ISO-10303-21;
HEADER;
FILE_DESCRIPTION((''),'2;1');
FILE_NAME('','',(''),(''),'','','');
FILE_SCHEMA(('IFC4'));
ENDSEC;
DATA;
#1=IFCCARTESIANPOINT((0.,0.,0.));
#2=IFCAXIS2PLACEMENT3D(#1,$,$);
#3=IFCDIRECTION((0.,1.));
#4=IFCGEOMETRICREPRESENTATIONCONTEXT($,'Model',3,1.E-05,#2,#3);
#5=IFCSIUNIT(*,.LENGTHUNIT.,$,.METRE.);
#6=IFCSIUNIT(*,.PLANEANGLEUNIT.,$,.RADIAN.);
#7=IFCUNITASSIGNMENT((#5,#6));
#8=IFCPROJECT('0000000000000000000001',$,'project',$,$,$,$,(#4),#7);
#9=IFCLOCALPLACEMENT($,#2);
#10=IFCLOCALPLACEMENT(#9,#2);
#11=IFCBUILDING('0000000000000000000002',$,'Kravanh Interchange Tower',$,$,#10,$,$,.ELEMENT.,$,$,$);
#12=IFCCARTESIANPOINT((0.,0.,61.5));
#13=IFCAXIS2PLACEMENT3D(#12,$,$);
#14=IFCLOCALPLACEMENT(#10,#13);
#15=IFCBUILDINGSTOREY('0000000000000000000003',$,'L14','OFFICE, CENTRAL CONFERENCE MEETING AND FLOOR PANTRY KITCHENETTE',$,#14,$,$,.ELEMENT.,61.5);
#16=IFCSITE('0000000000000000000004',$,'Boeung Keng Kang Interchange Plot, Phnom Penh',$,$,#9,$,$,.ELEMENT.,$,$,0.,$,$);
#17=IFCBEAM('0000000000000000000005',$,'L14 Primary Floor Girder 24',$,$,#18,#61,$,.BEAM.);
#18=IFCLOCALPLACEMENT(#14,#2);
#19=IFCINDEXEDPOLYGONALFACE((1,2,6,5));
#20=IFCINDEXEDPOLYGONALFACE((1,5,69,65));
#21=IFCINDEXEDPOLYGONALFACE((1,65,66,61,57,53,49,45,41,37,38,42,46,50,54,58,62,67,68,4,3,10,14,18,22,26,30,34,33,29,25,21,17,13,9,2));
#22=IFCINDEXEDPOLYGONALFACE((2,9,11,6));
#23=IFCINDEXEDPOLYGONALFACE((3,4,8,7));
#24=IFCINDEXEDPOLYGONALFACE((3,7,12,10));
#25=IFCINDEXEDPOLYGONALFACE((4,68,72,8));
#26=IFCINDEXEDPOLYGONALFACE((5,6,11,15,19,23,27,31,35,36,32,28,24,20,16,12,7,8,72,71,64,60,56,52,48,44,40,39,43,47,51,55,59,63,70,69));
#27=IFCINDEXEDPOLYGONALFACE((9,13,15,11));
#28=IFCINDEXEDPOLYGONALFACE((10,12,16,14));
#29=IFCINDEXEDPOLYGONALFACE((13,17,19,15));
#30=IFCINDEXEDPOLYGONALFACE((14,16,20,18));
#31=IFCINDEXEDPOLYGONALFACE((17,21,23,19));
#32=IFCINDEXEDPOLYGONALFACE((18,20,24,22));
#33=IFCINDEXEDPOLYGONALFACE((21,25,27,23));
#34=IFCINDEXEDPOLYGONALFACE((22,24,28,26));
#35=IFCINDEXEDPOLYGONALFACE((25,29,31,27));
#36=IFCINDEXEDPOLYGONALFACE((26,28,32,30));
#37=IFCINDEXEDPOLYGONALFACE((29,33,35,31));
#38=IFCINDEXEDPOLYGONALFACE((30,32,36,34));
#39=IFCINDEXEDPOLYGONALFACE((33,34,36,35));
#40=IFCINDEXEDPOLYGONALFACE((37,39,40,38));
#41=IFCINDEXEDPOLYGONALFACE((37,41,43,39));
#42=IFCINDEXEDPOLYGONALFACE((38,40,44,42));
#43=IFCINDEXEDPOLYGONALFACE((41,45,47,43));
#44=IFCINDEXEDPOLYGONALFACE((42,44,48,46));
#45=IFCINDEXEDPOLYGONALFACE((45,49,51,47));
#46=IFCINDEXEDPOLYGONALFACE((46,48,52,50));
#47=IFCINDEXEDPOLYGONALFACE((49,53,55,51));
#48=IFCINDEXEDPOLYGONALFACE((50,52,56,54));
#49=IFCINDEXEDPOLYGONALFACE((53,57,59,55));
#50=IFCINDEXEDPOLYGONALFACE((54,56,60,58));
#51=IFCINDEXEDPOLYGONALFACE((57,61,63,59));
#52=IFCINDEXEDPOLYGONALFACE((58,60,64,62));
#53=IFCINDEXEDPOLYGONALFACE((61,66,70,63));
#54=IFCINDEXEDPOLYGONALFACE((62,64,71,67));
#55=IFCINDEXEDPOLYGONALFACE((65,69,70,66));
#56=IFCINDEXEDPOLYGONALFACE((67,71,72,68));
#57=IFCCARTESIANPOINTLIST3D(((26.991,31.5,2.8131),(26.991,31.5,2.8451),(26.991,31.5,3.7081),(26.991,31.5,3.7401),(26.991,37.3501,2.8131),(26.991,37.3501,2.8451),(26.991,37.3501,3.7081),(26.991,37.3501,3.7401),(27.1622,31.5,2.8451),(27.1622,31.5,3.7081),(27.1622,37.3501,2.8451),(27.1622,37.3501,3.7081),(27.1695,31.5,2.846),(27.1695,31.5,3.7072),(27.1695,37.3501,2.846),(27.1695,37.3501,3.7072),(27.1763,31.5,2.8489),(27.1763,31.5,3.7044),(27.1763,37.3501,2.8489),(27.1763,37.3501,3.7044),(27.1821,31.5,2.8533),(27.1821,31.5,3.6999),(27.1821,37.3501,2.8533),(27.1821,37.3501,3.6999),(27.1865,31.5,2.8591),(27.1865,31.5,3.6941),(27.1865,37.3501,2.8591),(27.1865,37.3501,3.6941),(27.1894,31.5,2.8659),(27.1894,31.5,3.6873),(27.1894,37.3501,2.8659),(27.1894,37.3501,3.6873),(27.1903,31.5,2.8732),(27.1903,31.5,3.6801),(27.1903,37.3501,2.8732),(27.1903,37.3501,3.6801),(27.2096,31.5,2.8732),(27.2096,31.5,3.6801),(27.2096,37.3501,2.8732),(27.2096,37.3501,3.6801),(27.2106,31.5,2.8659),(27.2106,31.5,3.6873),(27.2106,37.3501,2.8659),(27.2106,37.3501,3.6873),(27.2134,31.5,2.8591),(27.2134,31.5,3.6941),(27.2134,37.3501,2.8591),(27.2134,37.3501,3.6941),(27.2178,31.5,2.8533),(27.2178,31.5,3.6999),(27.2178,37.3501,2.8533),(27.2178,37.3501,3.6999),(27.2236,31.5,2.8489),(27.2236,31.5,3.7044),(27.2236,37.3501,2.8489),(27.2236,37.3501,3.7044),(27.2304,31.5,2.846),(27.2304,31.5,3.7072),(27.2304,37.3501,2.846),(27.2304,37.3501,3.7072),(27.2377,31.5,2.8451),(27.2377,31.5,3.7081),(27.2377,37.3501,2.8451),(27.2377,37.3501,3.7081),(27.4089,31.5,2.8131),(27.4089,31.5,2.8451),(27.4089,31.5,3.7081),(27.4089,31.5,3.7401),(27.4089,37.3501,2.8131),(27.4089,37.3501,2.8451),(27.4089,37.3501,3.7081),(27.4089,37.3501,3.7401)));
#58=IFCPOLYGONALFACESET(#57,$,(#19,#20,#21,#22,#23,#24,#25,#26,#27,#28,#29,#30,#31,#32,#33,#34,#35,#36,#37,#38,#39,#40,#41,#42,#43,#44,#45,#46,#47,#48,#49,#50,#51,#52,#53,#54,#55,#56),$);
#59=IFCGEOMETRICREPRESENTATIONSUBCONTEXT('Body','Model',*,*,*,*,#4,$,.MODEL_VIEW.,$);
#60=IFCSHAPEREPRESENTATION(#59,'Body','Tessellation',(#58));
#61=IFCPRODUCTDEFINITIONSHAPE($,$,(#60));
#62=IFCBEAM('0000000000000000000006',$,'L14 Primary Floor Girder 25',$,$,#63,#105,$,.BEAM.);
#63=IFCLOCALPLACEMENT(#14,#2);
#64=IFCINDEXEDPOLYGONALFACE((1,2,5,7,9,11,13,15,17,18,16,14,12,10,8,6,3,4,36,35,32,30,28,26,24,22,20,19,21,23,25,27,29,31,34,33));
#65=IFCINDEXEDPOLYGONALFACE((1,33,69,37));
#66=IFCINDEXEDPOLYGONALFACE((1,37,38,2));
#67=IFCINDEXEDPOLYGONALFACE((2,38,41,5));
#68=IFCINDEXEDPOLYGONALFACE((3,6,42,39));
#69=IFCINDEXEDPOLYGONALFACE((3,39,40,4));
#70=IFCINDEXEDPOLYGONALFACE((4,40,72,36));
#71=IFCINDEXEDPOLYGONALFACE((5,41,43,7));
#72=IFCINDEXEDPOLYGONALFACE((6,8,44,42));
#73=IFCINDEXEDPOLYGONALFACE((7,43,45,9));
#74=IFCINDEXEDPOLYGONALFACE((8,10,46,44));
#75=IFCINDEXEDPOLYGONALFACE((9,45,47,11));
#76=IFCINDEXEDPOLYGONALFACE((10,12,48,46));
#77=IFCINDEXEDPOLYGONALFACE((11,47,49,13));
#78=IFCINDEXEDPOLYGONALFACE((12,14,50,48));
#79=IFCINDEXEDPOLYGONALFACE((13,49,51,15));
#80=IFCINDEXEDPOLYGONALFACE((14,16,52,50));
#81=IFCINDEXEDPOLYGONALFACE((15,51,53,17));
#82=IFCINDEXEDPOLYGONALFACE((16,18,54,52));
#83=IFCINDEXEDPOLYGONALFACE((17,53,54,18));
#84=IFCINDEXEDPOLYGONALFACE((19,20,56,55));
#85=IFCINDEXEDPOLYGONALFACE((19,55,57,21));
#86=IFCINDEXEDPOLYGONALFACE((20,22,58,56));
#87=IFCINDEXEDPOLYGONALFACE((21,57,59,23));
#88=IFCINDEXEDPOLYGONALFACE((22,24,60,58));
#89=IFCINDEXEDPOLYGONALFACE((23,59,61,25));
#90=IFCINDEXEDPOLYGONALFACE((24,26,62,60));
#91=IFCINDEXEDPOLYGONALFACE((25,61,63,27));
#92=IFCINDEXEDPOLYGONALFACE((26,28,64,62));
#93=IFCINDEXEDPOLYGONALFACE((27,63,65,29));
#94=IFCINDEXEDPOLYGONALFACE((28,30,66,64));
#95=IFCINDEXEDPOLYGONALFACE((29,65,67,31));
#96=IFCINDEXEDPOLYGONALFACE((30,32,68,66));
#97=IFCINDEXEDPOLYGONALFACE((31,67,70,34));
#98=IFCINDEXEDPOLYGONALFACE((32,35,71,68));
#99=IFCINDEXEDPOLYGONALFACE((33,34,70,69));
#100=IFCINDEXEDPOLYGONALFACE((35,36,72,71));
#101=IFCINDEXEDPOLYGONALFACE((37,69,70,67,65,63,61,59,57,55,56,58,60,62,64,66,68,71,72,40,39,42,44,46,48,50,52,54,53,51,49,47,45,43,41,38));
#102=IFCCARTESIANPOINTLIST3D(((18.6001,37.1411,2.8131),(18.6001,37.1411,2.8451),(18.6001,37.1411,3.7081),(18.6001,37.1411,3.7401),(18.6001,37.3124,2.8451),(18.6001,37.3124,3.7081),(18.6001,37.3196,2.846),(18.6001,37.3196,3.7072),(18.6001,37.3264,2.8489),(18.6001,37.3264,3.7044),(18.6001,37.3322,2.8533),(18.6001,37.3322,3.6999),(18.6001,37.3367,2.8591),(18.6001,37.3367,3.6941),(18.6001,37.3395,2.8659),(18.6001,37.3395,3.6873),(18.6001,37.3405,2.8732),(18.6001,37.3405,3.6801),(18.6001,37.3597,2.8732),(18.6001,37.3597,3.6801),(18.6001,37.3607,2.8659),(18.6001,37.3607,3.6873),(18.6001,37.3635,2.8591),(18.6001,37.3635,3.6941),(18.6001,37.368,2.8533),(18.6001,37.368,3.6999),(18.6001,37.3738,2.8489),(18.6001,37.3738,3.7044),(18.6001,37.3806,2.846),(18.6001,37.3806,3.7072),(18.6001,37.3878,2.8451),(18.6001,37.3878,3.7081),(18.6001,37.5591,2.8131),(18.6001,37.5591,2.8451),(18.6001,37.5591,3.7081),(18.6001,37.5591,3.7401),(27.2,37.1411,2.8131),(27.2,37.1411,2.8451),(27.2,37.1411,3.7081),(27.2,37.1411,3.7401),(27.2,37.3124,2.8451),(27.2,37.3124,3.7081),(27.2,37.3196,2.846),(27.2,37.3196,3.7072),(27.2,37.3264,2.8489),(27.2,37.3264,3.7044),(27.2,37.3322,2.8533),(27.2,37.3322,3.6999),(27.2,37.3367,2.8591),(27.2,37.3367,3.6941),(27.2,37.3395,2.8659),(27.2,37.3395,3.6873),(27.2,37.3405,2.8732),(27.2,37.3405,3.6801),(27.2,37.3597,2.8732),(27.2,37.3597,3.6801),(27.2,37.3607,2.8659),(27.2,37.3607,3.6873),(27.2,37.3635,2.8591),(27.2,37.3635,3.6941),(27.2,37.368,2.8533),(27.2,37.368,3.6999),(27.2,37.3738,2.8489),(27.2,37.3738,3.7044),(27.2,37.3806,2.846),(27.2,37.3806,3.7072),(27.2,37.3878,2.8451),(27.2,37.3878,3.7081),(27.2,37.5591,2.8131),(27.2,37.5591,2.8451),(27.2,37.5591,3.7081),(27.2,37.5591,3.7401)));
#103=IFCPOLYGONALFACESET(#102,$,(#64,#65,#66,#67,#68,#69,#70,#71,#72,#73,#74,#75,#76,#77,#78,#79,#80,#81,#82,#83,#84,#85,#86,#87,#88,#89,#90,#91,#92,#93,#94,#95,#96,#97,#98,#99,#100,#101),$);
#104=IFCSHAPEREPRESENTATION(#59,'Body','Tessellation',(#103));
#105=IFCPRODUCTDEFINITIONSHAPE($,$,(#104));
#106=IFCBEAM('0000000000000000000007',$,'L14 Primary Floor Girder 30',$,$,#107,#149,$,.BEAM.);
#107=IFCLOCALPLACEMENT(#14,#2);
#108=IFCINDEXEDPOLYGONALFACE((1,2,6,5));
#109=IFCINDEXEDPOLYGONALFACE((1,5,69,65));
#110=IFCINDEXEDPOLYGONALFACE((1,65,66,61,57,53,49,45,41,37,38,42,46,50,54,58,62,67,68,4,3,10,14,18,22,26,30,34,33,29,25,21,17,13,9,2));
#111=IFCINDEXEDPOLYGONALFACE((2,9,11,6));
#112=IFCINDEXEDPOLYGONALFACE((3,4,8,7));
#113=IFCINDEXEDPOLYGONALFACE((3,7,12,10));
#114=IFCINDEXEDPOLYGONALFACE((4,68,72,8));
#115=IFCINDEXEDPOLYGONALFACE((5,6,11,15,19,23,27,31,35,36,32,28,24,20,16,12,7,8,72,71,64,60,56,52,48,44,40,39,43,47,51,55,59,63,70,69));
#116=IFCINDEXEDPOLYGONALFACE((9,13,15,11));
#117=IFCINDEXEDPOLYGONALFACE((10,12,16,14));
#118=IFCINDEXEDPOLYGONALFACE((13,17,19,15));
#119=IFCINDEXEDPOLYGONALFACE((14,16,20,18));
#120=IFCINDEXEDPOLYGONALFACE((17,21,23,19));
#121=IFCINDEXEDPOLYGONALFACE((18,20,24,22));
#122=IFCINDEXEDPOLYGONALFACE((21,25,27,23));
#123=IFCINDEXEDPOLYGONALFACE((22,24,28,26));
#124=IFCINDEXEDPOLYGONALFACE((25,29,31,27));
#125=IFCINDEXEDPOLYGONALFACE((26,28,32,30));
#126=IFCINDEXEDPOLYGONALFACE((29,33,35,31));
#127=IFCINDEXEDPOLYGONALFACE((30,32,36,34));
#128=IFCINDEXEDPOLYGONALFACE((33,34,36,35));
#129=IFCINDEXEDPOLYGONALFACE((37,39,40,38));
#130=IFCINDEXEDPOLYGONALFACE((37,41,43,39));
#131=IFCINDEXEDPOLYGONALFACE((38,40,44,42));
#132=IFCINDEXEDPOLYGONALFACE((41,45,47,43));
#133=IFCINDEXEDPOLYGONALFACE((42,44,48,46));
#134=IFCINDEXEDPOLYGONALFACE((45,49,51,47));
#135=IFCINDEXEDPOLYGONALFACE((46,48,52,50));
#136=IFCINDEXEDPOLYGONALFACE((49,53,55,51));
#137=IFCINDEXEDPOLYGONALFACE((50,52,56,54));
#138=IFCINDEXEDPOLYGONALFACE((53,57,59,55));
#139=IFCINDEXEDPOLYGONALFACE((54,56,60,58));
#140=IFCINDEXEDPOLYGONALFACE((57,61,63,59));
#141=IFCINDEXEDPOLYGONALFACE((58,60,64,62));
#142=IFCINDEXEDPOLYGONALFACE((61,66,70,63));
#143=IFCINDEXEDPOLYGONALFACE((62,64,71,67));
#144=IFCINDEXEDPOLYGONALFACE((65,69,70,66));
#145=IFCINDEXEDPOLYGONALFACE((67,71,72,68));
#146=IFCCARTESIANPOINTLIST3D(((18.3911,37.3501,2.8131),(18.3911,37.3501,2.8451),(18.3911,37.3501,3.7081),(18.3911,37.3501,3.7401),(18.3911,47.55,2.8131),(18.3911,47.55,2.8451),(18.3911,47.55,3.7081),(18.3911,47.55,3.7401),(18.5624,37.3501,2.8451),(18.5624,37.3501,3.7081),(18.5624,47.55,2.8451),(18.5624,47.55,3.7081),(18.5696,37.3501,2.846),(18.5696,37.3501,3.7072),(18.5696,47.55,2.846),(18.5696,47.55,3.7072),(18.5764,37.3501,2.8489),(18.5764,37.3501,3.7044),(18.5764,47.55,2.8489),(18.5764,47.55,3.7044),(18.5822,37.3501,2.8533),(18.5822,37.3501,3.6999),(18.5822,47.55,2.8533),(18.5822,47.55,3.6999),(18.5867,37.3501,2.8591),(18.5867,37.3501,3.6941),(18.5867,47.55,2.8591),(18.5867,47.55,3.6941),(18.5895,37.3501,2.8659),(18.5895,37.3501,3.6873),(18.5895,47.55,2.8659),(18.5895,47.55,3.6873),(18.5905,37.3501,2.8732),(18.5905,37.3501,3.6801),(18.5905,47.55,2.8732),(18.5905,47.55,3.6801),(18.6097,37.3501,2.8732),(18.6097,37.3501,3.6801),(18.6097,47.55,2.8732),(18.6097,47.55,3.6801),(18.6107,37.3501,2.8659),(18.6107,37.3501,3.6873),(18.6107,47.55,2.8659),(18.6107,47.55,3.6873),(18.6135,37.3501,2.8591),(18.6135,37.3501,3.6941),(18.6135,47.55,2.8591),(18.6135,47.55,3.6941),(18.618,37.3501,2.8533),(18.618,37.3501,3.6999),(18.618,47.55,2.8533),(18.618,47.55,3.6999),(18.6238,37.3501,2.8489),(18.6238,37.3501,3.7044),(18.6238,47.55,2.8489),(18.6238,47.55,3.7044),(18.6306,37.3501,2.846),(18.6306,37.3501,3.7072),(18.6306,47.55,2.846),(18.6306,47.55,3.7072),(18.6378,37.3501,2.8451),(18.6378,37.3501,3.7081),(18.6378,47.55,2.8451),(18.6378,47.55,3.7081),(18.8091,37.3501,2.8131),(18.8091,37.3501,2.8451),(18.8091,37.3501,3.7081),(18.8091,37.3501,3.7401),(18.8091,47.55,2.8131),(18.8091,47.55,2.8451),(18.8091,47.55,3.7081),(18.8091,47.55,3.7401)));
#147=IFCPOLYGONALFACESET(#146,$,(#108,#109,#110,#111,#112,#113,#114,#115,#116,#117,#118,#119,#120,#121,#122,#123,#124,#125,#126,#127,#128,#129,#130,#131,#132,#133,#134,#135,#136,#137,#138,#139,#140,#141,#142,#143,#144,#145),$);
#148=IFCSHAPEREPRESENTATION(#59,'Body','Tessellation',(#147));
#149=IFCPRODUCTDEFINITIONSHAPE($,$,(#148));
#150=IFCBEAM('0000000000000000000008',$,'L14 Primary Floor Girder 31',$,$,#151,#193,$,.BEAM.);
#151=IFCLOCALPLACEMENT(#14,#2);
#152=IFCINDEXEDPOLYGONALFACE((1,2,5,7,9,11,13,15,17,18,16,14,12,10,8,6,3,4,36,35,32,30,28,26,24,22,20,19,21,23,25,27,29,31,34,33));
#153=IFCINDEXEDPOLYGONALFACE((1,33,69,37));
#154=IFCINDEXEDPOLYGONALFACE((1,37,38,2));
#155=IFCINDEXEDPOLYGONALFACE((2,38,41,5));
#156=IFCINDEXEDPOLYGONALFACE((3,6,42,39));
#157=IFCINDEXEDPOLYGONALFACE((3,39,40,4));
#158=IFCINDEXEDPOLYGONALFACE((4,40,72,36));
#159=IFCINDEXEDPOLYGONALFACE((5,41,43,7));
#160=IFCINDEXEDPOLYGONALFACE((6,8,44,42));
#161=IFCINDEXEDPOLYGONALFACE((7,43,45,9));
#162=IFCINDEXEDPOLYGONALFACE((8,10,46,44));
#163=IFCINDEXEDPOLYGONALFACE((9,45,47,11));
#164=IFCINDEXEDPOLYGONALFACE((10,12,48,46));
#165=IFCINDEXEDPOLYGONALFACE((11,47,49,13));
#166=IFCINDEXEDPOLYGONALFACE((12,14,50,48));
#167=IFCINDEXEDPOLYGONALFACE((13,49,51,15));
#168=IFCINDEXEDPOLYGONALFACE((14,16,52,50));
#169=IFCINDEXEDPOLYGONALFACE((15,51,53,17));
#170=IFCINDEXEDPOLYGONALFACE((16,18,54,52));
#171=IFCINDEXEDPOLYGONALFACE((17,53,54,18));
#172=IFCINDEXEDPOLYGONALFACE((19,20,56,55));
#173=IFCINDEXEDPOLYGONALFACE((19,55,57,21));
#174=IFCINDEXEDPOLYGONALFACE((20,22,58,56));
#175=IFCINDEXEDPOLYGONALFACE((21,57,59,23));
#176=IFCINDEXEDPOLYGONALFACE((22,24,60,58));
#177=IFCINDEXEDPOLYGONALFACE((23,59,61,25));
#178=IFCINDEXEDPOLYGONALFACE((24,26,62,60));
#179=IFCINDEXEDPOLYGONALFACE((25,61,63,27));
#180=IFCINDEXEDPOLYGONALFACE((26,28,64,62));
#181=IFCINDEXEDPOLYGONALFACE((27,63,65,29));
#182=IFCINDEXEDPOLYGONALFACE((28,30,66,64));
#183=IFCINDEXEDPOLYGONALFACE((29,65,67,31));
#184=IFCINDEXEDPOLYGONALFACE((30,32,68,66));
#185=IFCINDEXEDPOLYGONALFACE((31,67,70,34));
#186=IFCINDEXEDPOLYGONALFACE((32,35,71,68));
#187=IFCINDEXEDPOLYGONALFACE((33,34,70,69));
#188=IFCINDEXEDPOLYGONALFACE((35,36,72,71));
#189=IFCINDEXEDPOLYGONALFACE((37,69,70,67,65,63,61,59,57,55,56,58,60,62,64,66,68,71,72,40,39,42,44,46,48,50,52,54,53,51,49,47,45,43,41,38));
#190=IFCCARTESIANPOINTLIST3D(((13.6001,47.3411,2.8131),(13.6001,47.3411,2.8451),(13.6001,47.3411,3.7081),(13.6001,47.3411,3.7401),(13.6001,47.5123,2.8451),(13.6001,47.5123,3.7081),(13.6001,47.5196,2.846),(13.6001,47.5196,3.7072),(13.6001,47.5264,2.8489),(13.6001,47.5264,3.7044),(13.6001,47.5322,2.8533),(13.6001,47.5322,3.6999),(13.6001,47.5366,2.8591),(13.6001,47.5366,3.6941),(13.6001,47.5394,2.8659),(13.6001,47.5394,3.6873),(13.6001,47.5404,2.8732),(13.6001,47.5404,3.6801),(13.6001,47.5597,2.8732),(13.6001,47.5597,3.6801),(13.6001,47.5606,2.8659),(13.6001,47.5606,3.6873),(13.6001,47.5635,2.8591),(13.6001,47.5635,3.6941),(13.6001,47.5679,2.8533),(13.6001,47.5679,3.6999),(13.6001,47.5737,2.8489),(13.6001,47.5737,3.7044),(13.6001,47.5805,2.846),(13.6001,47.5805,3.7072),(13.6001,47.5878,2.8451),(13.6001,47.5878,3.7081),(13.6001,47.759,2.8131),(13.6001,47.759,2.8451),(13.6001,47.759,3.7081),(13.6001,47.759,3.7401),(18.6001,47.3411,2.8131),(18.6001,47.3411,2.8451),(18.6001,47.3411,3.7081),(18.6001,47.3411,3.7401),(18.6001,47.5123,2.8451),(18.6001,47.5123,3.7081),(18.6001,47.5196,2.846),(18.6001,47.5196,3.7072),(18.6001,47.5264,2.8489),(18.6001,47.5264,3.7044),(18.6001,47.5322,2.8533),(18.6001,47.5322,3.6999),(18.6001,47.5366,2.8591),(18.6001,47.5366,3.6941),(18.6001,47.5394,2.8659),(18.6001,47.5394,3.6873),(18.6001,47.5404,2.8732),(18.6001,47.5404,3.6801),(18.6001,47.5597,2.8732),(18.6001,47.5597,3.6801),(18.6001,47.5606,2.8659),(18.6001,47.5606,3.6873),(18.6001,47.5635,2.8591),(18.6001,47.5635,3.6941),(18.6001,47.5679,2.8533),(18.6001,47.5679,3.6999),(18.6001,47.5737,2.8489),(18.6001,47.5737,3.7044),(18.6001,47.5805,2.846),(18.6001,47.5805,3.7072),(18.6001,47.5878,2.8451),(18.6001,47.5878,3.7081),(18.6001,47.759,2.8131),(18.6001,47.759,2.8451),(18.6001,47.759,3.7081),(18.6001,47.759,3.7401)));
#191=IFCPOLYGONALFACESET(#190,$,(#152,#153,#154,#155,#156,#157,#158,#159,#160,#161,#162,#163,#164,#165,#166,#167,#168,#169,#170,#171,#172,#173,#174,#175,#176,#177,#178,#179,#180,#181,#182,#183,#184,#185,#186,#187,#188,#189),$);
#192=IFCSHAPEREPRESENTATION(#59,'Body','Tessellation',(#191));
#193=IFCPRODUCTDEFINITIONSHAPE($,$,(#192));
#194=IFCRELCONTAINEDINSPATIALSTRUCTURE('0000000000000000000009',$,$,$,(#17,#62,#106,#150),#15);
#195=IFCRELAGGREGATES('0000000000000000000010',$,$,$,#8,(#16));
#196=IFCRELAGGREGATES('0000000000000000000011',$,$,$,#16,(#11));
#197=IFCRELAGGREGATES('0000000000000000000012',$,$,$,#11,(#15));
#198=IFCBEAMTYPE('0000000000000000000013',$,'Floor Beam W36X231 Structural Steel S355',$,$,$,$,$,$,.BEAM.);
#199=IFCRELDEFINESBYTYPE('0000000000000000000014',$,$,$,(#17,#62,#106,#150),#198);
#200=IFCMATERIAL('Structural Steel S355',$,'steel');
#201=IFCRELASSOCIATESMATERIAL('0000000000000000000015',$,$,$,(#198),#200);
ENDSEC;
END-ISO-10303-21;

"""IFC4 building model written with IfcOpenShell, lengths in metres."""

from ifc_helpers import new_model, si_unit, direction, frame, origin, origin_2d, place, context, subcontext, project, spatial, i_section, extrude, material, material_profile, profile_set, type_object, element, save


model = new_model("IFC4")

# Units and contexts
model_context = context("Model", 3, precision=1e-05, world=origin(), true_north=direction((0.0, 1.0)))
body_context = subcontext(model_context, "Body", "Model", "MODEL_VIEW")
ifc_project = project(units=[si_unit("LENGTHUNIT", "METRE"), si_unit("PLANEANGLEUNIT", "RADIAN")], contexts=[model_context])

# Site, building, storey
site_placement = place(None, origin())
site = spatial("IfcSite", under=ifc_project, at=site_placement, Name="Boeung Keng Kang Interchange Plot, Phnom Penh", CompositionType="ELEMENT", RefElevation=0.0)
building_placement = place(site_placement, origin())
building = spatial("IfcBuilding", under=site, at=building_placement, Name="Kravanh Interchange Tower", CompositionType="ELEMENT")
storey_placement = place(building_placement, frame((0.0, 0.0, 61.5)))
storey = spatial("IfcBuildingStorey", under=building, at=storey_placement, Name="L14", Description="OFFICE, CENTRAL CONFERENCE MEETING AND FLOOR PANTRY KITCHENETTE", CompositionType="ELEMENT", Elevation=61.5)

# Beams
ifc_material_1 = material(Name="Structural Steel S355", Category="steel")
ifc_material_profile_1 = material_profile(ifc_material_1, i_section(OverallWidth=0.418, OverallDepth=0.927, WebThickness=0.0193, FlangeThickness=0.032, FilletRadius=0.0281, at=origin_2d()), Name="W36X231")
ifc_profile_set_1 = profile_set([ifc_material_profile_1], Name="Structural Steel S355")
beam_type = type_object("IfcBeamType", Name="Floor Beam W36X231 Structural Steel S355", PredefinedType="BEAM", material=ifc_profile_set_1)
beam_1_placement = place(storey_placement, frame((27.2, 37.3501, 3.2766), z_axis=(0.0, -1.0, 0.0), x_axis=(1.0, 0.0, 0.0)))
element("IfcBeam", 1, at=beam_1_placement, inside=storey, type_object=beam_type, Name="L14 Primary Floor Girder 24", PredefinedType="BEAM", context=body_context, shape_type="SweptSolid", body=[
    extrude(i_section(OverallWidth=0.418, OverallDepth=0.927, WebThickness=0.0193, FlangeThickness=0.032, FilletRadius=0.0281, at=origin_2d()), origin(), (0.0, 0.0, 1.0), 5.8501),
])
beam_2_placement = place(storey_placement, frame((27.2, 37.3501, 3.2766), z_axis=(-1.0, 0.0, 0.0), x_axis=(0.0, -1.0, 0.0)))
element("IfcBeam", 2, at=beam_2_placement, inside=storey, type_object=beam_type, Name="L14 Primary Floor Girder 25", PredefinedType="BEAM", context=body_context, shape_type="SweptSolid", body=[
    extrude(i_section(OverallWidth=0.418, OverallDepth=0.927, WebThickness=0.0193, FlangeThickness=0.032, FilletRadius=0.0281, at=origin_2d()), origin(), (0.0, 0.0, 1.0), 8.5999),
])
beam_3_placement = place(storey_placement, frame((18.6001, 37.3501, 3.2766), z_axis=(0.0, 1.0, 0.0), x_axis=(-1.0, 0.0, 0.0)))
element("IfcBeam", 3, at=beam_3_placement, inside=storey, type_object=beam_type, Name="L14 Primary Floor Girder 30", PredefinedType="BEAM", context=body_context, shape_type="SweptSolid", body=[
    extrude(i_section(OverallWidth=0.418, OverallDepth=0.927, WebThickness=0.0193, FlangeThickness=0.032, FilletRadius=0.0281, at=origin_2d()), origin(), (0.0, 0.0, 1.0), 10.2),
])
beam_4_placement = place(storey_placement, frame((18.6001, 47.55, 3.2766), z_axis=(-1.0, 0.0, 0.0), x_axis=(0.0, -1.0, 0.0)))
element("IfcBeam", 4, at=beam_4_placement, inside=storey, type_object=beam_type, Name="L14 Primary Floor Girder 31", PredefinedType="BEAM", context=body_context, shape_type="SweptSolid", body=[
    extrude(i_section(OverallWidth=0.418, OverallDepth=0.927, WebThickness=0.0193, FlangeThickness=0.032, FilletRadius=0.0281, at=origin_2d()), origin(), (0.0, 0.0, 1.0), 5.0),
])

save(model, "model.ifc")
